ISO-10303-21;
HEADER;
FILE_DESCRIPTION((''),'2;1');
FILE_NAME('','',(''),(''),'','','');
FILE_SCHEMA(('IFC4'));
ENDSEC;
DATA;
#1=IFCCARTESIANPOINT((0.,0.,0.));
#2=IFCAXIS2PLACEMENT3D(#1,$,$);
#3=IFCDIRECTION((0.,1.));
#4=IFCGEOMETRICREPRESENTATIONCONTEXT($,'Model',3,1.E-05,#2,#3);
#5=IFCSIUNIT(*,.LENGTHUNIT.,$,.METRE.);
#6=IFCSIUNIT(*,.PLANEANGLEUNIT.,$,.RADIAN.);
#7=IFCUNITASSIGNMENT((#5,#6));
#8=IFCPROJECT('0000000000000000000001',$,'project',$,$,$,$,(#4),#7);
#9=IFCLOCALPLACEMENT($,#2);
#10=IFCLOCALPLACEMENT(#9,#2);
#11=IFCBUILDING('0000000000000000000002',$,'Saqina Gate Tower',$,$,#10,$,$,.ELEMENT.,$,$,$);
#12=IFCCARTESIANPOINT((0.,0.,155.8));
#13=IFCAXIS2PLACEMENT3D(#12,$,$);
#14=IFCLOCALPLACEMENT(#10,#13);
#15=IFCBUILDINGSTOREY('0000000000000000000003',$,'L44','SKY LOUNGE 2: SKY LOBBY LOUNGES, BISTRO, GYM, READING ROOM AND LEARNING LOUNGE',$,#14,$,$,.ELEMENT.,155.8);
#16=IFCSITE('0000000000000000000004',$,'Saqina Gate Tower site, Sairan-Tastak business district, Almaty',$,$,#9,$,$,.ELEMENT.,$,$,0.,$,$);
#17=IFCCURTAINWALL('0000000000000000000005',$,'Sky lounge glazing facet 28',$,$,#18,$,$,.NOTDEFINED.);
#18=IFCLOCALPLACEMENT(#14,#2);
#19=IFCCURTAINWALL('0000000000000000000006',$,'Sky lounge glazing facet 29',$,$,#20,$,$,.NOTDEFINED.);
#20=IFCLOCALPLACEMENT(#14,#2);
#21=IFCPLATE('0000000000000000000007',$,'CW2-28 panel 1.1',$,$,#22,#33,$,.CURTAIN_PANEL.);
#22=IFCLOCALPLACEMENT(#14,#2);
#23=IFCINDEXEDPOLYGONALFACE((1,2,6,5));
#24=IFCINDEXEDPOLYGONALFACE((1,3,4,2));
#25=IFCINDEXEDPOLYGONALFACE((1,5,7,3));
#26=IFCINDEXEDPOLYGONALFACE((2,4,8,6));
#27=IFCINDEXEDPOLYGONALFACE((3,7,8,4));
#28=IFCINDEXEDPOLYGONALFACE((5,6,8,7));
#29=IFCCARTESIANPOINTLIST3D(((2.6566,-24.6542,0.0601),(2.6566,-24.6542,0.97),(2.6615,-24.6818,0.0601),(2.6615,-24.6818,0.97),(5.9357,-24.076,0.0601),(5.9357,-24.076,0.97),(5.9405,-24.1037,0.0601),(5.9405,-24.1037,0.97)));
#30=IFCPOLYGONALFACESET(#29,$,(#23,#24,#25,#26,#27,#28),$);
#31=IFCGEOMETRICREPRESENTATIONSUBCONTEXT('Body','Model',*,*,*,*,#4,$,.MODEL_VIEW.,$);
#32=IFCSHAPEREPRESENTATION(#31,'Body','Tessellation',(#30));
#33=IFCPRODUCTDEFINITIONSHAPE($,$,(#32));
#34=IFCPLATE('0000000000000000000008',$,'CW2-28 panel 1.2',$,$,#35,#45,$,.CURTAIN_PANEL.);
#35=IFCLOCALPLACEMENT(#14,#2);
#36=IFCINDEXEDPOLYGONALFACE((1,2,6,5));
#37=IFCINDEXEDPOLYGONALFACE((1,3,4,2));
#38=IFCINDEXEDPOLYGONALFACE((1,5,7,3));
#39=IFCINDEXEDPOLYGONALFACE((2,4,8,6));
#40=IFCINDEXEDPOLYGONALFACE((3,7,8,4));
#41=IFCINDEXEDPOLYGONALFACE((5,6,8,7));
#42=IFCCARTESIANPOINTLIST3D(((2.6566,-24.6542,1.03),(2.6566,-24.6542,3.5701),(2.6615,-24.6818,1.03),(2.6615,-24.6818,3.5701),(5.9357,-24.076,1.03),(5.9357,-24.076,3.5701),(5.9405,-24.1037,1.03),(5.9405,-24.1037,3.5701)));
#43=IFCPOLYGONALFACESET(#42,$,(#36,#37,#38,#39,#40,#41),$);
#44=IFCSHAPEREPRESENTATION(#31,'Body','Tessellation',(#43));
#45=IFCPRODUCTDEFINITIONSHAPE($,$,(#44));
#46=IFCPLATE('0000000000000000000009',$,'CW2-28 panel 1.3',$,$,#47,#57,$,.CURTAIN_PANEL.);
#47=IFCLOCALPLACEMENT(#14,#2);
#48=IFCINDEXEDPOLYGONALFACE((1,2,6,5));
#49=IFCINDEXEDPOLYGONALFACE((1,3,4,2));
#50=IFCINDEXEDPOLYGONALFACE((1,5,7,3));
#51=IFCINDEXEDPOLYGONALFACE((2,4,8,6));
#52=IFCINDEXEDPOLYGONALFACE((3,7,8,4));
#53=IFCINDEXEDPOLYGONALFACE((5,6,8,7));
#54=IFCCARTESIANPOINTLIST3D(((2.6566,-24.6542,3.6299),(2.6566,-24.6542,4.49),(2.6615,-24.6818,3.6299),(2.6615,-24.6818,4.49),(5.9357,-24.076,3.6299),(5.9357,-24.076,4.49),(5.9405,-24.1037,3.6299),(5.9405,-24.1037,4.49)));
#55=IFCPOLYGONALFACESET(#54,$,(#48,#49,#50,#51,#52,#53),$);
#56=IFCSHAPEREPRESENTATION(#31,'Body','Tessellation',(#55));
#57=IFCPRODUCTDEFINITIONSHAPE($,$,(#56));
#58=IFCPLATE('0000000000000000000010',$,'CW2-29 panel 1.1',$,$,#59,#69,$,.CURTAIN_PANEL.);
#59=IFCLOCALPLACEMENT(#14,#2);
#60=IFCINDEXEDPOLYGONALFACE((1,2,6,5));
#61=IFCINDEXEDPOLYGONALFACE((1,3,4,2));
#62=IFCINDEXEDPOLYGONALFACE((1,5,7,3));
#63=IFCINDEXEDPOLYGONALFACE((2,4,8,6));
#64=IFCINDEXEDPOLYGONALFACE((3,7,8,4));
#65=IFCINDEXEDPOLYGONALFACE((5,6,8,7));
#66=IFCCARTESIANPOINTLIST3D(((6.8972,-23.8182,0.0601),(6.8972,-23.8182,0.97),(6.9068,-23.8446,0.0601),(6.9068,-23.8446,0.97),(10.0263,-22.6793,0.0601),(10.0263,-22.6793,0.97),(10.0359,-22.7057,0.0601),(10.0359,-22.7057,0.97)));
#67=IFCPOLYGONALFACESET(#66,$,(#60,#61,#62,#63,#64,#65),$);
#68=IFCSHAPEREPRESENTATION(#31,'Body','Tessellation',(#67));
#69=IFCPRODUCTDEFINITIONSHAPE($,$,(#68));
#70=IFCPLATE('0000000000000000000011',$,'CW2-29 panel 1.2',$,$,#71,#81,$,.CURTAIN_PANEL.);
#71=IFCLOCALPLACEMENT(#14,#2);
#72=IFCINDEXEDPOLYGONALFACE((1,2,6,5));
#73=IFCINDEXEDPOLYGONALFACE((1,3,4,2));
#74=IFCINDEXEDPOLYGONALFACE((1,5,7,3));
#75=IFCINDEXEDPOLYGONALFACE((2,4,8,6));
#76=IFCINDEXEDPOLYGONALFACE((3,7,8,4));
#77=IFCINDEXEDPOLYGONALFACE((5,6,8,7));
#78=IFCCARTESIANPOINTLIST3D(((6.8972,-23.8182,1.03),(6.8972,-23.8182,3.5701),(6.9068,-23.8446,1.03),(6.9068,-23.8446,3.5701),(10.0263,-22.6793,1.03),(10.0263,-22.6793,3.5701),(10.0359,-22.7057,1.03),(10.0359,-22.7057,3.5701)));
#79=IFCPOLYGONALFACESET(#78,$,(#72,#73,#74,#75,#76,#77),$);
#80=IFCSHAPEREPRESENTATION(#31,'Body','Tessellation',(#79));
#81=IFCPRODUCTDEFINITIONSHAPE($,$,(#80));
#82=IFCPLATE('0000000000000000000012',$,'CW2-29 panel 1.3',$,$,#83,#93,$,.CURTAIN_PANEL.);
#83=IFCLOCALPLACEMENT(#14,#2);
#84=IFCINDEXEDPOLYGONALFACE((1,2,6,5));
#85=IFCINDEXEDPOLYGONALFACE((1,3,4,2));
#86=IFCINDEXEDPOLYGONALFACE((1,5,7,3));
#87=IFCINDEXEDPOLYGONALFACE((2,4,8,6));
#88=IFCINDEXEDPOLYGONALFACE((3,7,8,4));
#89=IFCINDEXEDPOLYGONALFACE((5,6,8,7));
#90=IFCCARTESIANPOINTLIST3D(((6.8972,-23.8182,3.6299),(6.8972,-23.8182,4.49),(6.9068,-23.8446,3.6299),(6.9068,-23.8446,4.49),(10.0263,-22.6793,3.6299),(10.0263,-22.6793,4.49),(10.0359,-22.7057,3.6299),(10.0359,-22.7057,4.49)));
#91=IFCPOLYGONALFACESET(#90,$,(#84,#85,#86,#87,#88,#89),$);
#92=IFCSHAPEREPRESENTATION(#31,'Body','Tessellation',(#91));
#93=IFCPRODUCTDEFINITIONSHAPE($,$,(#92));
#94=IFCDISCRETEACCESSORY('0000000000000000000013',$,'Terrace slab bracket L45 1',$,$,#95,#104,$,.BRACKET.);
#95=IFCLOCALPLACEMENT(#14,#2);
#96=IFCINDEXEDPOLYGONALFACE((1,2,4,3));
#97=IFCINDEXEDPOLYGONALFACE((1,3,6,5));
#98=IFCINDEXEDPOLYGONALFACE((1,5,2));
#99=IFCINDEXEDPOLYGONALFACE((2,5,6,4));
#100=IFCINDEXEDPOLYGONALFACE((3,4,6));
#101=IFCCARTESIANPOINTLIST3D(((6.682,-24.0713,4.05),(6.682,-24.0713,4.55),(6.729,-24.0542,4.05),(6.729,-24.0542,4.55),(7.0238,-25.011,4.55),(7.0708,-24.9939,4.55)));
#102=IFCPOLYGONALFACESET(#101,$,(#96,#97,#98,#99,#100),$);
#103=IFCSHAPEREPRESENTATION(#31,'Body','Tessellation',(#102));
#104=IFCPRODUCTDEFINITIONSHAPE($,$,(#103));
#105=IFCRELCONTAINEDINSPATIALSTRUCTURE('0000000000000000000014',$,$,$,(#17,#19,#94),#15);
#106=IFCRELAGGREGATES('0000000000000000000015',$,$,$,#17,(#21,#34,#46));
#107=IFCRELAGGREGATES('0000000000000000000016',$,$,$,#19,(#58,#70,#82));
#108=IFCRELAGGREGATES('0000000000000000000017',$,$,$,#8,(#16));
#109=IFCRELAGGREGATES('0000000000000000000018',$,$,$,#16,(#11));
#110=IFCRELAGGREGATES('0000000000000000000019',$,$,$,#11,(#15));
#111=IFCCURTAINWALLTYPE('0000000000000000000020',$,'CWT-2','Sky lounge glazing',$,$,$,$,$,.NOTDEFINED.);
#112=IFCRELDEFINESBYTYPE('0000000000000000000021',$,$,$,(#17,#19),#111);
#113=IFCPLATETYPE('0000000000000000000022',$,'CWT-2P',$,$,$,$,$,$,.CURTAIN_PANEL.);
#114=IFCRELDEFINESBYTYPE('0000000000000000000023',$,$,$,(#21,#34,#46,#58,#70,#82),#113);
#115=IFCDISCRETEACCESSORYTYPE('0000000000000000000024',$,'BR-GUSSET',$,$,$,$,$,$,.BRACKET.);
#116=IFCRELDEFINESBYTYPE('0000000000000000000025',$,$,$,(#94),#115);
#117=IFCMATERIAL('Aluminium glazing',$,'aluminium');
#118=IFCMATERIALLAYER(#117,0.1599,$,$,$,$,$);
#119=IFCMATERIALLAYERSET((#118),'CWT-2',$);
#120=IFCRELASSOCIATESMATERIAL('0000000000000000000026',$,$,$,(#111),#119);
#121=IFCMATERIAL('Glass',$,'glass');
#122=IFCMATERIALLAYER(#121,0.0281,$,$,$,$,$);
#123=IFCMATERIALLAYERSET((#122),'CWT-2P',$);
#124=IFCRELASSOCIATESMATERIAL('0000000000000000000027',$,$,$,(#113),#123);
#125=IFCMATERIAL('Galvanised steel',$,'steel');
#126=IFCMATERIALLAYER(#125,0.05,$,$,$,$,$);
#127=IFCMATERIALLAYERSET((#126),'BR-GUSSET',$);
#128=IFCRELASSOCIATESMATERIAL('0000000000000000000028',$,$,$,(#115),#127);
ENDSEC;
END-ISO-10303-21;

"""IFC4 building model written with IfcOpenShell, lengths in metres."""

from ifc_helpers import new_model, si_unit, direction, frame, origin, origin_2d, place, context, subcontext, project, spatial, polyline, rectangle, outline, extrude, material, layer, layer_set, type_object, element, aggregate, save


model = new_model("IFC4")

# Units and contexts
model_context = context("Model", 3, precision=1e-05, world=origin(), true_north=direction((0.0, 1.0)))
body_context = subcontext(model_context, "Body", "Model", "MODEL_VIEW")
ifc_project = project(units=[si_unit("LENGTHUNIT", "METRE"), si_unit("PLANEANGLEUNIT", "RADIAN")], contexts=[model_context])

# Site, building, storey
site_placement = place(None, origin())
site = spatial("IfcSite", under=ifc_project, at=site_placement, Name="Saqina Gate Tower site, Sairan-Tastak business district, Almaty", CompositionType="ELEMENT", RefElevation=0.0)
building_placement = place(site_placement, origin())
building = spatial("IfcBuilding", under=site, at=building_placement, Name="Saqina Gate Tower", CompositionType="ELEMENT")
storey_placement = place(building_placement, frame((0.0, 0.0, 155.8)))
storey = spatial("IfcBuildingStorey", under=building, at=storey_placement, Name="L44", Description="SKY LOUNGE 2: SKY LOBBY LOUNGES, BISTRO, GYM, READING ROOM AND LEARNING LOUNGE", CompositionType="ELEMENT", Elevation=155.8)

# Shared definitions
ifc_material_1 = material(Name="Aluminium glazing", Category="aluminium")
ifc_layer_1 = layer(ifc_material_1, 0.1599)
ifc_layer_set_1 = layer_set([ifc_layer_1], Name="CWT-2")
curtain_wall_type = type_object("IfcCurtainWallType", Name="CWT-2", Description="Sky lounge glazing", PredefinedType="NOTDEFINED", material=ifc_layer_set_1)

# Curtain wall
curtain_wall_1_placement = place(storey_placement, origin())
curtain_wall_1 = element("IfcCurtainWall", 1, at=curtain_wall_1_placement, inside=storey, type_object=curtain_wall_type, Name="Sky lounge glazing facet 28", PredefinedType="NOTDEFINED")

# Curtain wall
curtain_wall_2_placement = place(storey_placement, origin())
curtain_wall_2 = element("IfcCurtainWall", 2, at=curtain_wall_2_placement, inside=storey, type_object=curtain_wall_type, Name="Sky lounge glazing facet 29", PredefinedType="NOTDEFINED")

# Plates
ifc_material_2 = material(Name="Glass", Category="glass")
ifc_layer_2 = layer(ifc_material_2, 0.0281)
ifc_layer_set_2 = layer_set([ifc_layer_2], Name="CWT-2P")
plate_type = type_object("IfcPlateType", Name="CWT-2P", PredefinedType="CURTAIN_PANEL", material=ifc_layer_set_2)
plate_1_placement = place(storey_placement, frame((4.2986, -24.3789, 0.0601), z_axis=(0.0, 0.0, 1.0), x_axis=(0.98481, 0.173638, 0.0)))
plate_1 = element("IfcPlate", 3, at=plate_1_placement, type_object=plate_type, Name="CW2-28 panel 1.1", PredefinedType="CURTAIN_PANEL", context=body_context, shape_type="SweptSolid", body=[
    extrude(rectangle(XDim=3.3296, YDim=0.0281, at=origin_2d()), origin(), (0.0, 0.0, 1.0), 0.9099),
])
plate_2_placement = place(storey_placement, frame((4.2986, -24.3789, 1.03), z_axis=(0.0, 0.0, 1.0), x_axis=(0.98481, 0.173638, 0.0)))
plate_2 = element("IfcPlate", 4, at=plate_2_placement, type_object=plate_type, Name="CW2-28 panel 1.2", PredefinedType="CURTAIN_PANEL", context=body_context, shape_type="SweptSolid", body=[
    extrude(rectangle(XDim=3.3296, YDim=0.0281, at=origin_2d()), origin(), (0.0, 0.0, 1.0), 2.54),
])
plate_3_placement = place(storey_placement, frame((4.2986, -24.3789, 3.6299), z_axis=(0.0, 0.0, 1.0), x_axis=(0.98481, 0.173638, 0.0)))
plate_3 = element("IfcPlate", 5, at=plate_3_placement, type_object=plate_type, Name="CW2-28 panel 1.3", PredefinedType="CURTAIN_PANEL", context=body_context, shape_type="SweptSolid", body=[
    extrude(rectangle(XDim=3.3296, YDim=0.0281, at=origin_2d()), origin(), (0.0, 0.0, 1.0), 0.8601),
])
aggregate(curtain_wall_1, [plate_1, plate_2, plate_3])
plate_4_placement = place(storey_placement, frame((8.4666, -23.262, 0.0601), z_axis=(0.0, 0.0, 1.0), x_axis=(0.939691, 0.342025, 0.0)))
plate_4 = element("IfcPlate", 6, at=plate_4_placement, type_object=plate_type, Name="CW2-29 panel 1.1", PredefinedType="CURTAIN_PANEL", context=body_context, shape_type="SweptSolid", body=[
    extrude(rectangle(XDim=3.3298, YDim=0.0281, at=origin_2d()), origin(), (0.0, 0.0, 1.0), 0.9099),
])
plate_5_placement = place(storey_placement, frame((8.4666, -23.262, 1.03), z_axis=(0.0, 0.0, 1.0), x_axis=(0.939691, 0.342025, 0.0)))
plate_5 = element("IfcPlate", 7, at=plate_5_placement, type_object=plate_type, Name="CW2-29 panel 1.2", PredefinedType="CURTAIN_PANEL", context=body_context, shape_type="SweptSolid", body=[
    extrude(rectangle(XDim=3.3298, YDim=0.0281, at=origin_2d()), origin(), (0.0, 0.0, 1.0), 2.54),
])
plate_6_placement = place(storey_placement, frame((8.4666, -23.262, 3.6299), z_axis=(0.0, 0.0, 1.0), x_axis=(0.939691, 0.342025, 0.0)))
plate_6 = element("IfcPlate", 8, at=plate_6_placement, type_object=plate_type, Name="CW2-29 panel 1.3", PredefinedType="CURTAIN_PANEL", context=body_context, shape_type="SweptSolid", body=[
    extrude(rectangle(XDim=3.3298, YDim=0.0281, at=origin_2d()), origin(), (0.0, 0.0, 1.0), 0.8601),
])
aggregate(curtain_wall_2, [plate_4, plate_5, plate_6])

# Discrete accessory
ifc_material_3 = material(Name="Galvanised steel", Category="steel")
ifc_layer_3 = layer(ifc_material_3, 0.05)
ifc_layer_set_3 = layer_set([ifc_layer_3], Name="BR-GUSSET")
discrete_accessory_type = type_object("IfcDiscreteAccessoryType", Name="BR-GUSSET", PredefinedType="BRACKET", material=ifc_layer_set_3)
discrete_accessory_placement = place(storey_placement, frame((6.729, -24.0542, 4.05), z_axis=(0.939765, 0.341821, 0.0), x_axis=(0.0, 0.0, 1.0)))
element("IfcDiscreteAccessory", 9, at=discrete_accessory_placement, inside=storey, type_object=discrete_accessory_type, Name="Terrace slab bracket L45 1", PredefinedType="BRACKET", context=body_context, shape_type="SweptSolid", body=[
    extrude(outline(polyline([(0.0, 0.0), (0.5, 0.0), (0.5, 0.9999), (0.0, 0.0)])), origin(), (0.0, 0.0, -1.0), 0.05),
])

save(model, "model.ifc")
